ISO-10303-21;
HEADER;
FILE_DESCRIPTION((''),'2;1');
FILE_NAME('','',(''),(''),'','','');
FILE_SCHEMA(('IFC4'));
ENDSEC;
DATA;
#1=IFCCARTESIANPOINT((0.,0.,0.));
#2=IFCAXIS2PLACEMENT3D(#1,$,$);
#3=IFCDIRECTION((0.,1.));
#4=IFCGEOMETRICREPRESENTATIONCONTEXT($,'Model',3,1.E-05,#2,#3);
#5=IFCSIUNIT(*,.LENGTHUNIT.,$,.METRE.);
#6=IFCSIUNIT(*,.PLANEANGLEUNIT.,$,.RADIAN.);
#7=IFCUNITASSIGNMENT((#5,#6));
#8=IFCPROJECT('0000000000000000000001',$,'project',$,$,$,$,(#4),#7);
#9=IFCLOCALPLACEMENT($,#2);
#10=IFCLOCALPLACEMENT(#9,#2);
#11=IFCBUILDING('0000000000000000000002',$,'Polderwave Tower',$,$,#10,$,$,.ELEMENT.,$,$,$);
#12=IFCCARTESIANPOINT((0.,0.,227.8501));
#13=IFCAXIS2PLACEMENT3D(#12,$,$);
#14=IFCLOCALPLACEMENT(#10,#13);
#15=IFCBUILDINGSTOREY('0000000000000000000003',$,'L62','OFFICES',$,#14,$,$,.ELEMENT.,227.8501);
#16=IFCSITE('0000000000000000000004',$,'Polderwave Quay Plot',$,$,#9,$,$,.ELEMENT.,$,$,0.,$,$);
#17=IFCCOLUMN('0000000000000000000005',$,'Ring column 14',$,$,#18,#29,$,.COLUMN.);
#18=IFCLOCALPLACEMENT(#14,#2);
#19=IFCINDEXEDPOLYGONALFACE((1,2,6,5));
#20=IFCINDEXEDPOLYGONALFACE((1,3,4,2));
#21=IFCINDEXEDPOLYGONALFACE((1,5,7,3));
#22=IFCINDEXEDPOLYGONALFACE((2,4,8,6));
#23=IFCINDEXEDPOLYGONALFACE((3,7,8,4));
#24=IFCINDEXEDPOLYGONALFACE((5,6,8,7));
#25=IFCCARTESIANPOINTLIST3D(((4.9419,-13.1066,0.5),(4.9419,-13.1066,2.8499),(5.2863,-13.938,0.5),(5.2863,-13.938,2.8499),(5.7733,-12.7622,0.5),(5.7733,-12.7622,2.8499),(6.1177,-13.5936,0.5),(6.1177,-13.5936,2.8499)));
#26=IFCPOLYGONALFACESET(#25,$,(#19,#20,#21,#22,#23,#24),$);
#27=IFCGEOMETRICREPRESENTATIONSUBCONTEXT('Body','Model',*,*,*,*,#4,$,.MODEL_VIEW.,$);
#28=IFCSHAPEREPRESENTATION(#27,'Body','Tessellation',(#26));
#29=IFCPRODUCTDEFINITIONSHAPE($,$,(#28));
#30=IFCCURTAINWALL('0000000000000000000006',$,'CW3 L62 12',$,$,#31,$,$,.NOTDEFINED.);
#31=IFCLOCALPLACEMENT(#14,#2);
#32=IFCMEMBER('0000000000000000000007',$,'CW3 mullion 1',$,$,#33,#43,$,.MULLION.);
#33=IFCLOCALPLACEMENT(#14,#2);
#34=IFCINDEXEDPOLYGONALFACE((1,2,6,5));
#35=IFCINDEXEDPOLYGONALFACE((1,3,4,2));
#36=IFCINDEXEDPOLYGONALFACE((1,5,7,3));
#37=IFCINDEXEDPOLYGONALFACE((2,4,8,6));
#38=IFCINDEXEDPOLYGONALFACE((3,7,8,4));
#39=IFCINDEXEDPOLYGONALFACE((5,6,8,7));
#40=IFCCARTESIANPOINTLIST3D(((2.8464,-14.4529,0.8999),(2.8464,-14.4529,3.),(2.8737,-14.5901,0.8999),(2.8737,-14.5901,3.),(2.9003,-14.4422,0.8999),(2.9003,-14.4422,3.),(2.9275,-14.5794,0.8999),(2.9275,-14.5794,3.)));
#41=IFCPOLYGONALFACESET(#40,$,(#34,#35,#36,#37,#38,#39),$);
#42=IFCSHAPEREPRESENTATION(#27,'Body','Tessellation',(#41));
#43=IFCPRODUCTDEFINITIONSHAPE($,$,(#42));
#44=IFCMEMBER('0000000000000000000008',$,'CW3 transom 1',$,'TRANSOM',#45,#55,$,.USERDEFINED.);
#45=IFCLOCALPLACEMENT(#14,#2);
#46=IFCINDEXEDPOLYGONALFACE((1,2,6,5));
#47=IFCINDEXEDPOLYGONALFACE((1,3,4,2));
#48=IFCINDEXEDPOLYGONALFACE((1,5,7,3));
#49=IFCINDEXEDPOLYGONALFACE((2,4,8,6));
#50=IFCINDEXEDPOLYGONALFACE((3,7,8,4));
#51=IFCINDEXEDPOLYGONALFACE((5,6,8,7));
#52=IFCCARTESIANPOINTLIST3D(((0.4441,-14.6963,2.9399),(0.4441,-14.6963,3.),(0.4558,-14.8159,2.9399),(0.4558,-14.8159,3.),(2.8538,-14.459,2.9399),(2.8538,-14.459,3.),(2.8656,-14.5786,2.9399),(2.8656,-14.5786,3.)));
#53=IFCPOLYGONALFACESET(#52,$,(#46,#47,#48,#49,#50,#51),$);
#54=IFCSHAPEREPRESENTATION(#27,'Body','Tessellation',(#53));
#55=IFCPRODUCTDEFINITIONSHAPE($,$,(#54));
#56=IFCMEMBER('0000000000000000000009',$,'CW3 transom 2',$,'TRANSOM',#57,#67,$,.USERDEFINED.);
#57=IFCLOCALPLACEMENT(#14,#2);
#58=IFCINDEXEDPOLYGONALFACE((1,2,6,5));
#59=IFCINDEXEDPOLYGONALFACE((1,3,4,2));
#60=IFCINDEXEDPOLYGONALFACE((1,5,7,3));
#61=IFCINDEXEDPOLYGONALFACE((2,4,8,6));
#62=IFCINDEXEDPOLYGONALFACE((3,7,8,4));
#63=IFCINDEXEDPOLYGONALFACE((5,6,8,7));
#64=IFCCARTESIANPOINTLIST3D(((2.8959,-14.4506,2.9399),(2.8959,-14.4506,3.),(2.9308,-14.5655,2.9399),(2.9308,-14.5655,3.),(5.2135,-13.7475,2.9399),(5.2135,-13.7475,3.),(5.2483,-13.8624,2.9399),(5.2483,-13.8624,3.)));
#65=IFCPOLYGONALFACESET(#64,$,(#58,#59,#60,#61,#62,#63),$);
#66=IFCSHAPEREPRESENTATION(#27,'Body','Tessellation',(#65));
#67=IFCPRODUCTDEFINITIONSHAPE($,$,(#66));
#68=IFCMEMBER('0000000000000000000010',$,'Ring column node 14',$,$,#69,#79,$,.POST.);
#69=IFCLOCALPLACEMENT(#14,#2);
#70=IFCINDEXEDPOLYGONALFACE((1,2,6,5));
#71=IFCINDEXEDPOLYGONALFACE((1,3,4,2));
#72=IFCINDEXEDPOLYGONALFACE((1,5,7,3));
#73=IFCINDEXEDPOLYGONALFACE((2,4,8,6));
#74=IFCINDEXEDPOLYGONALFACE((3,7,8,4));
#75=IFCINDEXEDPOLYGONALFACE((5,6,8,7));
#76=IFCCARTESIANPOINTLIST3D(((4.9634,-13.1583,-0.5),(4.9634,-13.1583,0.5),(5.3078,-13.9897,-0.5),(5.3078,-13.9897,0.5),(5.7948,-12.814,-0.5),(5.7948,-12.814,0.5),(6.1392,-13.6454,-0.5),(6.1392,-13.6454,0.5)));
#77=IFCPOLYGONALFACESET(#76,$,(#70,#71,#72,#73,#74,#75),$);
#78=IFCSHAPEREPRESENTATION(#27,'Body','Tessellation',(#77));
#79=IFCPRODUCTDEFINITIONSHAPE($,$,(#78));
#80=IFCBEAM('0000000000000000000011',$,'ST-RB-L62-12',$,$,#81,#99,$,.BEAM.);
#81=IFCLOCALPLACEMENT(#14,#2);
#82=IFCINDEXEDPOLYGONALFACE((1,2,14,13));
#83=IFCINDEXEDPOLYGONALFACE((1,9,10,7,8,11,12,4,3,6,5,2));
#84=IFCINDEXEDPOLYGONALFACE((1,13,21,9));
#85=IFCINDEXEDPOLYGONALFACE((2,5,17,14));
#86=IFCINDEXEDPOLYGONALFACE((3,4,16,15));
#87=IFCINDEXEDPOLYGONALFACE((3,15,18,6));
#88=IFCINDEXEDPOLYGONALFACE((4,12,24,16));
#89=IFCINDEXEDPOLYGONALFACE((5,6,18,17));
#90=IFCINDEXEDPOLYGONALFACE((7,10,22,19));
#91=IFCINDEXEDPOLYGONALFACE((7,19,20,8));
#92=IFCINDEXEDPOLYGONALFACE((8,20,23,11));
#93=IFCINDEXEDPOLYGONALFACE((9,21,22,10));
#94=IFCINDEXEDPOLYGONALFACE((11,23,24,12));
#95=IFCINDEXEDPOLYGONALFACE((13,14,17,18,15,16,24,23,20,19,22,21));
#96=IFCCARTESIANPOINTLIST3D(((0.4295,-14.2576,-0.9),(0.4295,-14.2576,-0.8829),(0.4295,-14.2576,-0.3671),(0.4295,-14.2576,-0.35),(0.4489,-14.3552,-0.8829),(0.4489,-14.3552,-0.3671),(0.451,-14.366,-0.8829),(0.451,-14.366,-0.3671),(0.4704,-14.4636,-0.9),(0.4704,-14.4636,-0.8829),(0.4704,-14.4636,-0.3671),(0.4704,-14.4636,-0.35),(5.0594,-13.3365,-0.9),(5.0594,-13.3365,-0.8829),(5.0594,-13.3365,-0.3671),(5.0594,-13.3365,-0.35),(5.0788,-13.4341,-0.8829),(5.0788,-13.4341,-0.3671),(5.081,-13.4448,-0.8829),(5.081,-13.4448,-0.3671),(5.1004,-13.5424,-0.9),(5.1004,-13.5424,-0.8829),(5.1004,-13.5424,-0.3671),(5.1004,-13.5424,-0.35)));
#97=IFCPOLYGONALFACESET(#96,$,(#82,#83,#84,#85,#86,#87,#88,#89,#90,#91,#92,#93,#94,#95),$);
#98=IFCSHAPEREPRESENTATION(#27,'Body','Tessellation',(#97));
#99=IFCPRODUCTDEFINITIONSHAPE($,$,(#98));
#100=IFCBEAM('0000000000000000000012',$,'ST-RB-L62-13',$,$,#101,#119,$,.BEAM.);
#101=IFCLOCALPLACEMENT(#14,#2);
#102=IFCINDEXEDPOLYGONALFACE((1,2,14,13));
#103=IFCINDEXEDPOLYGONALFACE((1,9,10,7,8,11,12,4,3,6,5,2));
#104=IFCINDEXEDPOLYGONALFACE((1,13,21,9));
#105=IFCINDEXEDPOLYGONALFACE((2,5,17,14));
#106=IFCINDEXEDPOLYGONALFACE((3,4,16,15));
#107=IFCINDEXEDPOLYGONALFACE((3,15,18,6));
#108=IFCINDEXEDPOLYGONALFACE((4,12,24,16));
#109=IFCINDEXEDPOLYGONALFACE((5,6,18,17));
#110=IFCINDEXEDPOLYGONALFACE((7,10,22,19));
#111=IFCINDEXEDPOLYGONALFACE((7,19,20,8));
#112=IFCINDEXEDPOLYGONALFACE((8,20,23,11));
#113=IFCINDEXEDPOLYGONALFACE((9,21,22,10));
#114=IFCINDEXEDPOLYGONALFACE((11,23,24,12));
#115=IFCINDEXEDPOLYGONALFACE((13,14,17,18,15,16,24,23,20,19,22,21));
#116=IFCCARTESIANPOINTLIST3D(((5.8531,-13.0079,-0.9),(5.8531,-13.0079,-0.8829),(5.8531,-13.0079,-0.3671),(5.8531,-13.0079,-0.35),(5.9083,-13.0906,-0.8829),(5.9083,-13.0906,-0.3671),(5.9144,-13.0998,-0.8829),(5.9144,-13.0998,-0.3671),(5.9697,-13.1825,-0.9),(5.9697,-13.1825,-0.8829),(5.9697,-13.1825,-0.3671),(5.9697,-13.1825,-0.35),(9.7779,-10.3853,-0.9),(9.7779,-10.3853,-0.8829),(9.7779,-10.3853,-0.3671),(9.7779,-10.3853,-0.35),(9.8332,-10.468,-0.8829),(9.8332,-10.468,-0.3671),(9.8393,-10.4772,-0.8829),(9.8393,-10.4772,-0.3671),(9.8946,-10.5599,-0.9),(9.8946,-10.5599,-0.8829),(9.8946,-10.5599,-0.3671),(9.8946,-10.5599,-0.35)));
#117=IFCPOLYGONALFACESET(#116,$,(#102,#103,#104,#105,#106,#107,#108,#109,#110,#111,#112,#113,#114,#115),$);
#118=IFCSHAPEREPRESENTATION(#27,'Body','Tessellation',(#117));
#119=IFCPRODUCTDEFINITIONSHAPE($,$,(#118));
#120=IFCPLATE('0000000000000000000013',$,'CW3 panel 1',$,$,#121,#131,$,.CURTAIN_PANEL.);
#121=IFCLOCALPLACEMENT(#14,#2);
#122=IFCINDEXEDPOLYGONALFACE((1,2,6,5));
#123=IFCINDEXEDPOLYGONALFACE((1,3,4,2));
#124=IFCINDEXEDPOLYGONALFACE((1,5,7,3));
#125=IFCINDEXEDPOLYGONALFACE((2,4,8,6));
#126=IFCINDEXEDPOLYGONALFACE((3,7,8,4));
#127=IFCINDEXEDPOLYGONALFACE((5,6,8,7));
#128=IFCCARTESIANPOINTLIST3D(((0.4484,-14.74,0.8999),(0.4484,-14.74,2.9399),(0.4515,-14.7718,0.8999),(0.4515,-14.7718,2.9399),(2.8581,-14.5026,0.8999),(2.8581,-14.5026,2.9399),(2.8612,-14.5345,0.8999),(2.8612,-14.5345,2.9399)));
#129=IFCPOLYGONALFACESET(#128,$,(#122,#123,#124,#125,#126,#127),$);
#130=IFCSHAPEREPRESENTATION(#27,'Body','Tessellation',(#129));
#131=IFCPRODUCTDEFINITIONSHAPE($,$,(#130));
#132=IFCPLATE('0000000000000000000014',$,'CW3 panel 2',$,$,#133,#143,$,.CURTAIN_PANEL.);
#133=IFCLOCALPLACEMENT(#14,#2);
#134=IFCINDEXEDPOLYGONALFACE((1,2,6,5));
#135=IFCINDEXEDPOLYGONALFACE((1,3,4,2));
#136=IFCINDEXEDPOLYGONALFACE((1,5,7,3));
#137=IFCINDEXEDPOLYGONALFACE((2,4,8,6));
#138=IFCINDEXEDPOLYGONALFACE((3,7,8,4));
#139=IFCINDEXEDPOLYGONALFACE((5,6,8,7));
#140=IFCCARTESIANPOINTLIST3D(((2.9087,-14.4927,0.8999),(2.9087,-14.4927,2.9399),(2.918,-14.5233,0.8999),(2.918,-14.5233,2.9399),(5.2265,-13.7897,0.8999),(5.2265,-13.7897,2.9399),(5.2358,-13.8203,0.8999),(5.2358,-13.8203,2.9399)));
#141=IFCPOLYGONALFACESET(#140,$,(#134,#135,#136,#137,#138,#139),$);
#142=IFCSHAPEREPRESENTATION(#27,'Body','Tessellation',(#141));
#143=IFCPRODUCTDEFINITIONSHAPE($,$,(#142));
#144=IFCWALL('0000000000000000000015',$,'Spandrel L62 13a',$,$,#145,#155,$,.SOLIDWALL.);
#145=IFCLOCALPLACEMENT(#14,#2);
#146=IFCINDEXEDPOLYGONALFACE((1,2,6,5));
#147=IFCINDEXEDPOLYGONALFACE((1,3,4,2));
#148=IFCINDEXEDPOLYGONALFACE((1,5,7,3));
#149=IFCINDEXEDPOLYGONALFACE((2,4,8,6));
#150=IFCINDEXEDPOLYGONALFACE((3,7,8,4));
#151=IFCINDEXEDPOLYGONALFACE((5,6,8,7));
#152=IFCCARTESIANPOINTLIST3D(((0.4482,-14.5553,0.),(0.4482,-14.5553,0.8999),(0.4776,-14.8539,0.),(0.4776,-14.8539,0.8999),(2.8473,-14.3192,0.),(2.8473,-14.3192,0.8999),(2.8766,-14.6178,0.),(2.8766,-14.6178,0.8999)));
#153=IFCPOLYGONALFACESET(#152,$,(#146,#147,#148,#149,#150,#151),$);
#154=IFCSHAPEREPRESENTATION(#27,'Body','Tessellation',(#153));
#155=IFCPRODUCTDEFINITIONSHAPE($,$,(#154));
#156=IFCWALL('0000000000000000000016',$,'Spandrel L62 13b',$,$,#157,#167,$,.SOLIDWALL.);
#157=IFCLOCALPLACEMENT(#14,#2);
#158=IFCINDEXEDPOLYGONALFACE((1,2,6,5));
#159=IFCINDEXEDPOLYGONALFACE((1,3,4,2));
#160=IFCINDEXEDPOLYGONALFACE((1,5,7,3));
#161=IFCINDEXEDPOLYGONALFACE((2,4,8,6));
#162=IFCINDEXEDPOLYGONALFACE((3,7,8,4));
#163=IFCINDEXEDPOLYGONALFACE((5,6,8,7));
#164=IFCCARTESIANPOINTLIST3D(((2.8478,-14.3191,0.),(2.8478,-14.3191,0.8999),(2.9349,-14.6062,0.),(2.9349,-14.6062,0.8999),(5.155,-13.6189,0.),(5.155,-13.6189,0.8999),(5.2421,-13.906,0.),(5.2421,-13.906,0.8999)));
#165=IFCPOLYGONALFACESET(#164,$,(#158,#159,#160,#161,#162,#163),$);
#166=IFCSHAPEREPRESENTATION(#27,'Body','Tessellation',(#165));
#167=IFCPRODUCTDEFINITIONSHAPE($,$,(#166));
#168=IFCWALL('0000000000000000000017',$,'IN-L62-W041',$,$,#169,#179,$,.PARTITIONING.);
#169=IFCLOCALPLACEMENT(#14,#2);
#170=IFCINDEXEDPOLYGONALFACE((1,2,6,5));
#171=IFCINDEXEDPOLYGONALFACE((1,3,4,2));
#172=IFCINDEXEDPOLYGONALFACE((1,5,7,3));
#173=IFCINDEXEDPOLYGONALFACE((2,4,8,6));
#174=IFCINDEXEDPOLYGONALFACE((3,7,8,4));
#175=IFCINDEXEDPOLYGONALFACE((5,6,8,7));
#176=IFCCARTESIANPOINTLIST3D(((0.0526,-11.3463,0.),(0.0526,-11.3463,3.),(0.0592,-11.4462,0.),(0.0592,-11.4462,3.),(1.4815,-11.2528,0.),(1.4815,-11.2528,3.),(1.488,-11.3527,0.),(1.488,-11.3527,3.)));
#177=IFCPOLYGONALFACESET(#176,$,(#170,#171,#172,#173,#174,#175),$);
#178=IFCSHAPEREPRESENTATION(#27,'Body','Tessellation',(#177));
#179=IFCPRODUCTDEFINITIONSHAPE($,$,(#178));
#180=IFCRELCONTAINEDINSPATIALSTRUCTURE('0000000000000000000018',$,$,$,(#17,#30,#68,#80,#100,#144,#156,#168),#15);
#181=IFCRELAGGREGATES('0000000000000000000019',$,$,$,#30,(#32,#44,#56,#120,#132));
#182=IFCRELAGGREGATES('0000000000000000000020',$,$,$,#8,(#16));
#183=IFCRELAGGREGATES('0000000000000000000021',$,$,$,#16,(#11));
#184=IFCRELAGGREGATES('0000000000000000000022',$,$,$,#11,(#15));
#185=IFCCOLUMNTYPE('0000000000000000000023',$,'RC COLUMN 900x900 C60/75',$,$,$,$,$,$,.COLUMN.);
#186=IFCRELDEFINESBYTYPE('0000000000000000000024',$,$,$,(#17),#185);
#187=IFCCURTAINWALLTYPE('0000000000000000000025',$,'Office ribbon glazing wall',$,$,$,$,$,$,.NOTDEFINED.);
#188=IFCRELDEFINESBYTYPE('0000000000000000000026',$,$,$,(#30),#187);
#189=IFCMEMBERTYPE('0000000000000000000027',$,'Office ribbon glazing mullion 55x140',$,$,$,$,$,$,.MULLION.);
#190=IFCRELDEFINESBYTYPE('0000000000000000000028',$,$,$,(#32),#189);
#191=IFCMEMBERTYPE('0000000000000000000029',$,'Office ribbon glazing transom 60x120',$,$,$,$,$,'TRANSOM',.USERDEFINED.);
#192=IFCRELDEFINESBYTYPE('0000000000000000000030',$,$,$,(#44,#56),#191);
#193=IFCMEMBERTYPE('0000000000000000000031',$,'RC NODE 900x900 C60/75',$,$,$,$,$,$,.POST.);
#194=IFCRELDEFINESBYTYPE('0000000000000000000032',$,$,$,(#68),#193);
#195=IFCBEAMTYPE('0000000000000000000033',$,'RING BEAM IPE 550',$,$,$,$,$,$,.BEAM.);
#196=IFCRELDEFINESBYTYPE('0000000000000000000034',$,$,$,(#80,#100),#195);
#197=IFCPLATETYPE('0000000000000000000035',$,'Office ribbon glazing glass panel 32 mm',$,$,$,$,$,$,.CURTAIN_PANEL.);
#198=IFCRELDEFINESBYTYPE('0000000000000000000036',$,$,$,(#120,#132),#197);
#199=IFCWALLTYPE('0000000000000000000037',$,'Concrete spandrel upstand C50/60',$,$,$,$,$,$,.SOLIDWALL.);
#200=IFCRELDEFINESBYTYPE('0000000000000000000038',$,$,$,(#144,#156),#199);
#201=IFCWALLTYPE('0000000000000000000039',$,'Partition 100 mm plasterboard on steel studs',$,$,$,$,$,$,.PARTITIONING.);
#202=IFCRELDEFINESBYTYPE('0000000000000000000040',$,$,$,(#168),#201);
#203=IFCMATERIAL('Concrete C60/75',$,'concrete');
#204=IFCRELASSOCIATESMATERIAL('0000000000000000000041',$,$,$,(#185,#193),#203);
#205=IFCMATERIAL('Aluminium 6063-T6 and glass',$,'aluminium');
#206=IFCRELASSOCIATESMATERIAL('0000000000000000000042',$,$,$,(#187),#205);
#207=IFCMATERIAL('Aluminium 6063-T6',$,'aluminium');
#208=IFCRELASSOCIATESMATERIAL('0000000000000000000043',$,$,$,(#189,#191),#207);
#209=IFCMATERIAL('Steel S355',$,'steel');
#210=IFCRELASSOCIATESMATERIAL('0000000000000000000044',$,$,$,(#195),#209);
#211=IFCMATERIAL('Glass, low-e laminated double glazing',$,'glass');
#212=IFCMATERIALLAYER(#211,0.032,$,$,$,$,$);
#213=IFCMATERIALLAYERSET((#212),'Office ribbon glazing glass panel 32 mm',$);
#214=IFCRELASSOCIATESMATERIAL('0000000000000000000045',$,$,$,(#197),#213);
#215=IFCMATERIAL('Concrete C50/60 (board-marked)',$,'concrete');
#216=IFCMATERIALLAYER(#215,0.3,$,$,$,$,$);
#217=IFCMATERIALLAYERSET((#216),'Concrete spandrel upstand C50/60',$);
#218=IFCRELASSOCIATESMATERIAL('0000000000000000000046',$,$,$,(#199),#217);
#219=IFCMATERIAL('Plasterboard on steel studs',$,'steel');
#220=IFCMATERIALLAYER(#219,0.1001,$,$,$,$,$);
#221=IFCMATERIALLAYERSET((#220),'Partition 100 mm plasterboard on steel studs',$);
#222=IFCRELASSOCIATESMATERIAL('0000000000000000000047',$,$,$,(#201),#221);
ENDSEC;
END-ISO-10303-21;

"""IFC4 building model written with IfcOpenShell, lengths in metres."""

from ifc_helpers import new_model, si_unit, direction, frame, frame_2d, origin, origin_2d, place, context, subcontext, project, spatial, rectangle, i_section, extrude, material, layer, layer_set, material_profile, profile_set, type_object, element, aggregate, save


model = new_model("IFC4")

# Units and contexts
model_context = context("Model", 3, precision=1e-05, world=origin(), true_north=direction((0.0, 1.0)))
body_context = subcontext(model_context, "Body", "Model", "MODEL_VIEW")
ifc_project = project(units=[si_unit("LENGTHUNIT", "METRE"), si_unit("PLANEANGLEUNIT", "RADIAN")], contexts=[model_context])

# Site, building, storey
site_placement = place(None, origin())
site = spatial("IfcSite", under=ifc_project, at=site_placement, Name="Polderwave Quay Plot", CompositionType="ELEMENT", RefElevation=0.0)
building_placement = place(site_placement, origin())
building = spatial("IfcBuilding", under=site, at=building_placement, Name="Polderwave Tower", CompositionType="ELEMENT")
storey_placement = place(building_placement, frame((0.0, 0.0, 227.8501)))
storey = spatial("IfcBuildingStorey", under=building, at=storey_placement, Name="L62", Description="OFFICES", CompositionType="ELEMENT", Elevation=227.8501)

# Column
ifc_material_1 = material(Name="Concrete C60/75", Category="concrete")
ifc_material_profile_1 = material_profile(ifc_material_1, rectangle(XDim=0.8999, YDim=0.8999, at=origin_2d()), Name="RC 900x900")
ifc_profile_set_1 = profile_set([ifc_material_profile_1], Name="Concrete C60/75")
column_type = type_object("IfcColumnType", Name="RC COLUMN 900x900 C60/75", PredefinedType="COLUMN", material=ifc_profile_set_1)
column_placement = place(storey_placement, frame((5.5298, -13.3501, 0.5), z_axis=(0.0, 0.0, 1.0), x_axis=(0.382683, -0.92388, 0.0)))
element("IfcColumn", 1, at=column_placement, inside=storey, type_object=column_type, Name="Ring column 14", PredefinedType="COLUMN", context=body_context, shape_type="SweptSolid", body=[
    extrude(rectangle(XDim=0.8999, YDim=0.8999, at=origin_2d()), origin(), (0.0, 0.0, 1.0), 2.3499),
])

# Curtain wall, members
ifc_material_2 = material(Name="Aluminium 6063-T6 and glass", Category="aluminium")
curtain_wall_type = type_object("IfcCurtainWallType", Name="Office ribbon glazing wall", PredefinedType="NOTDEFINED", material=ifc_material_2)
curtain_wall_placement = place(storey_placement, origin())
curtain_wall = element("IfcCurtainWall", 2, at=curtain_wall_placement, inside=storey, type_object=curtain_wall_type, Name="CW3 L62 12", PredefinedType="NOTDEFINED")
ifc_material_3 = material(Name="Aluminium 6063-T6", Category="aluminium")
ifc_material_profile_2 = material_profile(ifc_material_3, rectangle(XDim=0.1399, YDim=0.0549, at=origin_2d()), Name="AL 55x140")
ifc_profile_set_2 = profile_set([ifc_material_profile_2], Name="Aluminium 6063-T6")
member_type_1 = type_object("IfcMemberType", Name="Office ribbon glazing mullion 55x140", PredefinedType="MULLION", material=ifc_profile_set_2)
member_1_placement = place(storey_placement, frame((2.887, -14.5161, 0.8999), z_axis=(0.0, 0.0, 1.0), x_axis=(-0.195077, 0.980788, 0.0)))
member_1 = element("IfcMember", 3, at=member_1_placement, type_object=member_type_1, Name="CW3 mullion 1", PredefinedType="MULLION", context=body_context, shape_type="SweptSolid", body=[
    extrude(rectangle(XDim=0.1399, YDim=0.0549, at=origin_2d()), origin(), (0.0, 0.0, 1.0), 2.1001),
])
ifc_material_profile_3 = material_profile(ifc_material_3, rectangle(XDim=0.1201, YDim=0.0601, at=origin_2d()), Name="AL 60x120")
ifc_profile_set_3 = profile_set([ifc_material_profile_3], Name="Aluminium 6063-T6")
member_type_2 = type_object("IfcMemberType", Name="Office ribbon glazing transom 60x120", ElementType="TRANSOM", PredefinedType="USERDEFINED", material=ifc_profile_set_3)
member_2_placement = place(storey_placement, frame((0.45, -14.7561, 2.97), z_axis=(0.995186, 0.098006, 0.0), x_axis=(-0.098006, 0.995186, 0.0)))
member_2 = element("IfcMember", 4, at=member_2_placement, type_object=member_type_2, Name="CW3 transom 1", ObjectType="TRANSOM", PredefinedType="USERDEFINED", context=body_context, shape_type="SweptSolid", body=[
    extrude(rectangle(XDim=0.1201, YDim=0.0601, at=origin_2d()), origin(), (0.0, 0.0, 1.0), 2.4214),
])
member_3_placement = place(storey_placement, frame((2.9133, -14.5081, 2.97), z_axis=(0.956931, 0.290315, 0.0), x_axis=(-0.290315, 0.956931, 0.0)))
member_3 = element("IfcMember", 5, at=member_3_placement, type_object=member_type_2, Name="CW3 transom 2", ObjectType="TRANSOM", PredefinedType="USERDEFINED", context=body_context, shape_type="SweptSolid", body=[
    extrude(rectangle(XDim=0.1201, YDim=0.0601, at=origin_2d()), origin(), (0.0, 0.0, 1.0), 2.4219),
])

# Member
ifc_material_profile_4 = material_profile(ifc_material_1, rectangle(XDim=0.8999, YDim=0.8999, at=origin_2d()), Name="RC 900x900")
ifc_profile_set_4 = profile_set([ifc_material_profile_4], Name="Concrete C60/75")
member_type_3 = type_object("IfcMemberType", Name="RC NODE 900x900 C60/75", PredefinedType="POST", material=ifc_profile_set_4)
member_4_placement = place(storey_placement, frame((5.5513, -13.4019, -0.5), z_axis=(0.0, 0.0, 1.0), x_axis=(0.382683, -0.92388, 0.0)))
element("IfcMember", 6, at=member_4_placement, inside=storey, type_object=member_type_3, Name="Ring column node 14", PredefinedType="POST", context=body_context, shape_type="SweptSolid", body=[
    extrude(rectangle(XDim=0.8999, YDim=0.8999, at=origin_2d()), origin(), (0.0, 0.0, 1.0), 1.0),
])

# Beams
ifc_material_4 = material(Name="Steel S355", Category="steel")
ifc_material_profile_5 = material_profile(ifc_material_4, i_section(OverallWidth=0.21, OverallDepth=0.55, WebThickness=0.011, FlangeThickness=0.0171, at=origin_2d()), Name="IPE 550")
ifc_profile_set_5 = profile_set([ifc_material_profile_5], Name="Steel S355")
beam_type = type_object("IfcBeamType", Name="RING BEAM IPE 550", PredefinedType="BEAM", material=ifc_profile_set_5)
beam_1_placement = place(storey_placement, frame((0.45, -14.3606, -0.625), z_axis=(0.980777, 0.195131, 0.0), x_axis=(-0.195131, 0.980777, 0.0)))
element("IfcBeam", 7, at=beam_1_placement, inside=storey, type_object=beam_type, Name="ST-RB-L62-12", PredefinedType="BEAM", context=body_context, shape_type="SweptSolid", body=[
    extrude(i_section(OverallWidth=0.21, OverallDepth=0.55, WebThickness=0.011, FlangeThickness=0.0171, at=origin_2d()), origin(), (0.0, 0.0, 1.0), 4.7207),
])
beam_2_placement = place(storey_placement, frame((5.9114, -13.0952, -0.625), z_axis=(0.831461, 0.555583, 0.0), x_axis=(-0.555583, 0.831461, 0.0)))
element("IfcBeam", 8, at=beam_2_placement, inside=storey, type_object=beam_type, Name="ST-RB-L62-13", PredefinedType="BEAM", context=body_context, shape_type="SweptSolid", body=[
    extrude(i_section(OverallWidth=0.21, OverallDepth=0.55, WebThickness=0.011, FlangeThickness=0.0171, at=origin_2d()), origin(), (0.0, 0.0, 1.0), 4.7205),
])

# Plates
ifc_material_5 = material(Name="Glass, low-e laminated double glazing", Category="glass")
ifc_layer_1 = layer(ifc_material_5, 0.032)
ifc_layer_set_1 = layer_set([ifc_layer_1], Name="Office ribbon glazing glass panel 32 mm")
plate_type = type_object("IfcPlateType", Name="Office ribbon glazing glass panel 32 mm", PredefinedType="CURTAIN_PANEL", material=ifc_layer_set_1)
plate_1_placement = place(storey_placement, frame((1.6548, -14.6372, 0.8999), z_axis=(0.0, 0.0, 1.0), x_axis=(0.995186, 0.098008, 0.0)))
plate_1 = element("IfcPlate", 9, at=plate_1_placement, type_object=plate_type, Name="CW3 panel 1", PredefinedType="CURTAIN_PANEL", context=body_context, shape_type="SweptSolid", body=[
    extrude(rectangle(XDim=2.4214, YDim=0.032, at=origin_2d()), origin(), (0.0, 0.0, 1.0), 2.04),
])
plate_2_placement = place(storey_placement, frame((4.0723, -14.1565, 0.8999), z_axis=(0.0, 0.0, 1.0), x_axis=(0.956945, 0.290268, 0.0)))
plate_2 = element("IfcPlate", 10, at=plate_2_placement, type_object=plate_type, Name="CW3 panel 2", PredefinedType="CURTAIN_PANEL", context=body_context, shape_type="SweptSolid", body=[
    extrude(rectangle(XDim=2.4221, YDim=0.032, at=origin_2d()), origin(), (0.0, 0.0, 1.0), 2.04),
])
aggregate(curtain_wall, [member_1, member_2, member_3, plate_1, plate_2])

# Walls
ifc_material_6 = material(Name="Concrete C50/60 (board-marked)", Category="concrete")
ifc_layer_2 = layer(ifc_material_6, 0.3)
ifc_layer_set_2 = layer_set([ifc_layer_2], Name="Concrete spandrel upstand C50/60")
wall_type_1 = type_object("IfcWallType", Name="Concrete spandrel upstand C50/60", PredefinedType="SOLIDWALL", material=ifc_layer_set_2)
wall_1_placement = place(storey_placement, frame((0.4629, -14.7046, 0.0), z_axis=(0.0, 0.0, 1.0), x_axis=(0.995193, 0.097929, 0.0)))
element("IfcWall", 11, at=wall_1_placement, inside=storey, type_object=wall_type_1, Name="Spandrel L62 13a", PredefinedType="SOLIDWALL", context=body_context, shape_type="SweptSolid", body=[
    extrude(rectangle(XDim=2.4106, YDim=0.3, at=frame_2d((1.2053, 0.0))), origin(), (0.0, 0.0, 1.0), 0.8999),
])
wall_2_placement = place(storey_placement, frame((2.8914, -14.4626, 0.0), z_axis=(0.0, 0.0, 1.0), x_axis=(0.956902, 0.290412, 0.0)))
element("IfcWall", 12, at=wall_2_placement, inside=storey, type_object=wall_type_1, Name="Spandrel L62 13b", PredefinedType="SOLIDWALL", context=body_context, shape_type="SweptSolid", body=[
    extrude(rectangle(XDim=2.4111, YDim=0.3, at=frame_2d((1.2056, 0.0))), origin(), (0.0, 0.0, 1.0), 0.8999),
])

# Shared definitions
ifc_material_7 = material(Name="Plasterboard on steel studs", Category="steel")
ifc_layer_3 = layer(ifc_material_7, 0.1001)
ifc_layer_set_3 = layer_set([ifc_layer_3], Name="Partition 100 mm plasterboard on steel studs")
wall_type_2 = type_object("IfcWallType", Name="Partition 100 mm plasterboard on steel studs", PredefinedType="PARTITIONING", material=ifc_layer_set_3)

# Wall
wall_3_placement = place(storey_placement, frame((1.4846, -11.3027, 0.0), z_axis=(0.0, 0.0, 1.0), x_axis=(-0.997865, -0.065308, 0.0)))
element("IfcWall", 13, at=wall_3_placement, inside=storey, type_object=wall_type_2, Name="IN-L62-W041", PredefinedType="PARTITIONING", context=body_context, shape_type="SweptSolid", body=[
    extrude(rectangle(XDim=1.4319, YDim=0.1001, at=frame_2d((0.7158, 0.0))), origin(), (0.0, 0.0, 1.0), 3.0),
])

save(model, "model.ifc")
